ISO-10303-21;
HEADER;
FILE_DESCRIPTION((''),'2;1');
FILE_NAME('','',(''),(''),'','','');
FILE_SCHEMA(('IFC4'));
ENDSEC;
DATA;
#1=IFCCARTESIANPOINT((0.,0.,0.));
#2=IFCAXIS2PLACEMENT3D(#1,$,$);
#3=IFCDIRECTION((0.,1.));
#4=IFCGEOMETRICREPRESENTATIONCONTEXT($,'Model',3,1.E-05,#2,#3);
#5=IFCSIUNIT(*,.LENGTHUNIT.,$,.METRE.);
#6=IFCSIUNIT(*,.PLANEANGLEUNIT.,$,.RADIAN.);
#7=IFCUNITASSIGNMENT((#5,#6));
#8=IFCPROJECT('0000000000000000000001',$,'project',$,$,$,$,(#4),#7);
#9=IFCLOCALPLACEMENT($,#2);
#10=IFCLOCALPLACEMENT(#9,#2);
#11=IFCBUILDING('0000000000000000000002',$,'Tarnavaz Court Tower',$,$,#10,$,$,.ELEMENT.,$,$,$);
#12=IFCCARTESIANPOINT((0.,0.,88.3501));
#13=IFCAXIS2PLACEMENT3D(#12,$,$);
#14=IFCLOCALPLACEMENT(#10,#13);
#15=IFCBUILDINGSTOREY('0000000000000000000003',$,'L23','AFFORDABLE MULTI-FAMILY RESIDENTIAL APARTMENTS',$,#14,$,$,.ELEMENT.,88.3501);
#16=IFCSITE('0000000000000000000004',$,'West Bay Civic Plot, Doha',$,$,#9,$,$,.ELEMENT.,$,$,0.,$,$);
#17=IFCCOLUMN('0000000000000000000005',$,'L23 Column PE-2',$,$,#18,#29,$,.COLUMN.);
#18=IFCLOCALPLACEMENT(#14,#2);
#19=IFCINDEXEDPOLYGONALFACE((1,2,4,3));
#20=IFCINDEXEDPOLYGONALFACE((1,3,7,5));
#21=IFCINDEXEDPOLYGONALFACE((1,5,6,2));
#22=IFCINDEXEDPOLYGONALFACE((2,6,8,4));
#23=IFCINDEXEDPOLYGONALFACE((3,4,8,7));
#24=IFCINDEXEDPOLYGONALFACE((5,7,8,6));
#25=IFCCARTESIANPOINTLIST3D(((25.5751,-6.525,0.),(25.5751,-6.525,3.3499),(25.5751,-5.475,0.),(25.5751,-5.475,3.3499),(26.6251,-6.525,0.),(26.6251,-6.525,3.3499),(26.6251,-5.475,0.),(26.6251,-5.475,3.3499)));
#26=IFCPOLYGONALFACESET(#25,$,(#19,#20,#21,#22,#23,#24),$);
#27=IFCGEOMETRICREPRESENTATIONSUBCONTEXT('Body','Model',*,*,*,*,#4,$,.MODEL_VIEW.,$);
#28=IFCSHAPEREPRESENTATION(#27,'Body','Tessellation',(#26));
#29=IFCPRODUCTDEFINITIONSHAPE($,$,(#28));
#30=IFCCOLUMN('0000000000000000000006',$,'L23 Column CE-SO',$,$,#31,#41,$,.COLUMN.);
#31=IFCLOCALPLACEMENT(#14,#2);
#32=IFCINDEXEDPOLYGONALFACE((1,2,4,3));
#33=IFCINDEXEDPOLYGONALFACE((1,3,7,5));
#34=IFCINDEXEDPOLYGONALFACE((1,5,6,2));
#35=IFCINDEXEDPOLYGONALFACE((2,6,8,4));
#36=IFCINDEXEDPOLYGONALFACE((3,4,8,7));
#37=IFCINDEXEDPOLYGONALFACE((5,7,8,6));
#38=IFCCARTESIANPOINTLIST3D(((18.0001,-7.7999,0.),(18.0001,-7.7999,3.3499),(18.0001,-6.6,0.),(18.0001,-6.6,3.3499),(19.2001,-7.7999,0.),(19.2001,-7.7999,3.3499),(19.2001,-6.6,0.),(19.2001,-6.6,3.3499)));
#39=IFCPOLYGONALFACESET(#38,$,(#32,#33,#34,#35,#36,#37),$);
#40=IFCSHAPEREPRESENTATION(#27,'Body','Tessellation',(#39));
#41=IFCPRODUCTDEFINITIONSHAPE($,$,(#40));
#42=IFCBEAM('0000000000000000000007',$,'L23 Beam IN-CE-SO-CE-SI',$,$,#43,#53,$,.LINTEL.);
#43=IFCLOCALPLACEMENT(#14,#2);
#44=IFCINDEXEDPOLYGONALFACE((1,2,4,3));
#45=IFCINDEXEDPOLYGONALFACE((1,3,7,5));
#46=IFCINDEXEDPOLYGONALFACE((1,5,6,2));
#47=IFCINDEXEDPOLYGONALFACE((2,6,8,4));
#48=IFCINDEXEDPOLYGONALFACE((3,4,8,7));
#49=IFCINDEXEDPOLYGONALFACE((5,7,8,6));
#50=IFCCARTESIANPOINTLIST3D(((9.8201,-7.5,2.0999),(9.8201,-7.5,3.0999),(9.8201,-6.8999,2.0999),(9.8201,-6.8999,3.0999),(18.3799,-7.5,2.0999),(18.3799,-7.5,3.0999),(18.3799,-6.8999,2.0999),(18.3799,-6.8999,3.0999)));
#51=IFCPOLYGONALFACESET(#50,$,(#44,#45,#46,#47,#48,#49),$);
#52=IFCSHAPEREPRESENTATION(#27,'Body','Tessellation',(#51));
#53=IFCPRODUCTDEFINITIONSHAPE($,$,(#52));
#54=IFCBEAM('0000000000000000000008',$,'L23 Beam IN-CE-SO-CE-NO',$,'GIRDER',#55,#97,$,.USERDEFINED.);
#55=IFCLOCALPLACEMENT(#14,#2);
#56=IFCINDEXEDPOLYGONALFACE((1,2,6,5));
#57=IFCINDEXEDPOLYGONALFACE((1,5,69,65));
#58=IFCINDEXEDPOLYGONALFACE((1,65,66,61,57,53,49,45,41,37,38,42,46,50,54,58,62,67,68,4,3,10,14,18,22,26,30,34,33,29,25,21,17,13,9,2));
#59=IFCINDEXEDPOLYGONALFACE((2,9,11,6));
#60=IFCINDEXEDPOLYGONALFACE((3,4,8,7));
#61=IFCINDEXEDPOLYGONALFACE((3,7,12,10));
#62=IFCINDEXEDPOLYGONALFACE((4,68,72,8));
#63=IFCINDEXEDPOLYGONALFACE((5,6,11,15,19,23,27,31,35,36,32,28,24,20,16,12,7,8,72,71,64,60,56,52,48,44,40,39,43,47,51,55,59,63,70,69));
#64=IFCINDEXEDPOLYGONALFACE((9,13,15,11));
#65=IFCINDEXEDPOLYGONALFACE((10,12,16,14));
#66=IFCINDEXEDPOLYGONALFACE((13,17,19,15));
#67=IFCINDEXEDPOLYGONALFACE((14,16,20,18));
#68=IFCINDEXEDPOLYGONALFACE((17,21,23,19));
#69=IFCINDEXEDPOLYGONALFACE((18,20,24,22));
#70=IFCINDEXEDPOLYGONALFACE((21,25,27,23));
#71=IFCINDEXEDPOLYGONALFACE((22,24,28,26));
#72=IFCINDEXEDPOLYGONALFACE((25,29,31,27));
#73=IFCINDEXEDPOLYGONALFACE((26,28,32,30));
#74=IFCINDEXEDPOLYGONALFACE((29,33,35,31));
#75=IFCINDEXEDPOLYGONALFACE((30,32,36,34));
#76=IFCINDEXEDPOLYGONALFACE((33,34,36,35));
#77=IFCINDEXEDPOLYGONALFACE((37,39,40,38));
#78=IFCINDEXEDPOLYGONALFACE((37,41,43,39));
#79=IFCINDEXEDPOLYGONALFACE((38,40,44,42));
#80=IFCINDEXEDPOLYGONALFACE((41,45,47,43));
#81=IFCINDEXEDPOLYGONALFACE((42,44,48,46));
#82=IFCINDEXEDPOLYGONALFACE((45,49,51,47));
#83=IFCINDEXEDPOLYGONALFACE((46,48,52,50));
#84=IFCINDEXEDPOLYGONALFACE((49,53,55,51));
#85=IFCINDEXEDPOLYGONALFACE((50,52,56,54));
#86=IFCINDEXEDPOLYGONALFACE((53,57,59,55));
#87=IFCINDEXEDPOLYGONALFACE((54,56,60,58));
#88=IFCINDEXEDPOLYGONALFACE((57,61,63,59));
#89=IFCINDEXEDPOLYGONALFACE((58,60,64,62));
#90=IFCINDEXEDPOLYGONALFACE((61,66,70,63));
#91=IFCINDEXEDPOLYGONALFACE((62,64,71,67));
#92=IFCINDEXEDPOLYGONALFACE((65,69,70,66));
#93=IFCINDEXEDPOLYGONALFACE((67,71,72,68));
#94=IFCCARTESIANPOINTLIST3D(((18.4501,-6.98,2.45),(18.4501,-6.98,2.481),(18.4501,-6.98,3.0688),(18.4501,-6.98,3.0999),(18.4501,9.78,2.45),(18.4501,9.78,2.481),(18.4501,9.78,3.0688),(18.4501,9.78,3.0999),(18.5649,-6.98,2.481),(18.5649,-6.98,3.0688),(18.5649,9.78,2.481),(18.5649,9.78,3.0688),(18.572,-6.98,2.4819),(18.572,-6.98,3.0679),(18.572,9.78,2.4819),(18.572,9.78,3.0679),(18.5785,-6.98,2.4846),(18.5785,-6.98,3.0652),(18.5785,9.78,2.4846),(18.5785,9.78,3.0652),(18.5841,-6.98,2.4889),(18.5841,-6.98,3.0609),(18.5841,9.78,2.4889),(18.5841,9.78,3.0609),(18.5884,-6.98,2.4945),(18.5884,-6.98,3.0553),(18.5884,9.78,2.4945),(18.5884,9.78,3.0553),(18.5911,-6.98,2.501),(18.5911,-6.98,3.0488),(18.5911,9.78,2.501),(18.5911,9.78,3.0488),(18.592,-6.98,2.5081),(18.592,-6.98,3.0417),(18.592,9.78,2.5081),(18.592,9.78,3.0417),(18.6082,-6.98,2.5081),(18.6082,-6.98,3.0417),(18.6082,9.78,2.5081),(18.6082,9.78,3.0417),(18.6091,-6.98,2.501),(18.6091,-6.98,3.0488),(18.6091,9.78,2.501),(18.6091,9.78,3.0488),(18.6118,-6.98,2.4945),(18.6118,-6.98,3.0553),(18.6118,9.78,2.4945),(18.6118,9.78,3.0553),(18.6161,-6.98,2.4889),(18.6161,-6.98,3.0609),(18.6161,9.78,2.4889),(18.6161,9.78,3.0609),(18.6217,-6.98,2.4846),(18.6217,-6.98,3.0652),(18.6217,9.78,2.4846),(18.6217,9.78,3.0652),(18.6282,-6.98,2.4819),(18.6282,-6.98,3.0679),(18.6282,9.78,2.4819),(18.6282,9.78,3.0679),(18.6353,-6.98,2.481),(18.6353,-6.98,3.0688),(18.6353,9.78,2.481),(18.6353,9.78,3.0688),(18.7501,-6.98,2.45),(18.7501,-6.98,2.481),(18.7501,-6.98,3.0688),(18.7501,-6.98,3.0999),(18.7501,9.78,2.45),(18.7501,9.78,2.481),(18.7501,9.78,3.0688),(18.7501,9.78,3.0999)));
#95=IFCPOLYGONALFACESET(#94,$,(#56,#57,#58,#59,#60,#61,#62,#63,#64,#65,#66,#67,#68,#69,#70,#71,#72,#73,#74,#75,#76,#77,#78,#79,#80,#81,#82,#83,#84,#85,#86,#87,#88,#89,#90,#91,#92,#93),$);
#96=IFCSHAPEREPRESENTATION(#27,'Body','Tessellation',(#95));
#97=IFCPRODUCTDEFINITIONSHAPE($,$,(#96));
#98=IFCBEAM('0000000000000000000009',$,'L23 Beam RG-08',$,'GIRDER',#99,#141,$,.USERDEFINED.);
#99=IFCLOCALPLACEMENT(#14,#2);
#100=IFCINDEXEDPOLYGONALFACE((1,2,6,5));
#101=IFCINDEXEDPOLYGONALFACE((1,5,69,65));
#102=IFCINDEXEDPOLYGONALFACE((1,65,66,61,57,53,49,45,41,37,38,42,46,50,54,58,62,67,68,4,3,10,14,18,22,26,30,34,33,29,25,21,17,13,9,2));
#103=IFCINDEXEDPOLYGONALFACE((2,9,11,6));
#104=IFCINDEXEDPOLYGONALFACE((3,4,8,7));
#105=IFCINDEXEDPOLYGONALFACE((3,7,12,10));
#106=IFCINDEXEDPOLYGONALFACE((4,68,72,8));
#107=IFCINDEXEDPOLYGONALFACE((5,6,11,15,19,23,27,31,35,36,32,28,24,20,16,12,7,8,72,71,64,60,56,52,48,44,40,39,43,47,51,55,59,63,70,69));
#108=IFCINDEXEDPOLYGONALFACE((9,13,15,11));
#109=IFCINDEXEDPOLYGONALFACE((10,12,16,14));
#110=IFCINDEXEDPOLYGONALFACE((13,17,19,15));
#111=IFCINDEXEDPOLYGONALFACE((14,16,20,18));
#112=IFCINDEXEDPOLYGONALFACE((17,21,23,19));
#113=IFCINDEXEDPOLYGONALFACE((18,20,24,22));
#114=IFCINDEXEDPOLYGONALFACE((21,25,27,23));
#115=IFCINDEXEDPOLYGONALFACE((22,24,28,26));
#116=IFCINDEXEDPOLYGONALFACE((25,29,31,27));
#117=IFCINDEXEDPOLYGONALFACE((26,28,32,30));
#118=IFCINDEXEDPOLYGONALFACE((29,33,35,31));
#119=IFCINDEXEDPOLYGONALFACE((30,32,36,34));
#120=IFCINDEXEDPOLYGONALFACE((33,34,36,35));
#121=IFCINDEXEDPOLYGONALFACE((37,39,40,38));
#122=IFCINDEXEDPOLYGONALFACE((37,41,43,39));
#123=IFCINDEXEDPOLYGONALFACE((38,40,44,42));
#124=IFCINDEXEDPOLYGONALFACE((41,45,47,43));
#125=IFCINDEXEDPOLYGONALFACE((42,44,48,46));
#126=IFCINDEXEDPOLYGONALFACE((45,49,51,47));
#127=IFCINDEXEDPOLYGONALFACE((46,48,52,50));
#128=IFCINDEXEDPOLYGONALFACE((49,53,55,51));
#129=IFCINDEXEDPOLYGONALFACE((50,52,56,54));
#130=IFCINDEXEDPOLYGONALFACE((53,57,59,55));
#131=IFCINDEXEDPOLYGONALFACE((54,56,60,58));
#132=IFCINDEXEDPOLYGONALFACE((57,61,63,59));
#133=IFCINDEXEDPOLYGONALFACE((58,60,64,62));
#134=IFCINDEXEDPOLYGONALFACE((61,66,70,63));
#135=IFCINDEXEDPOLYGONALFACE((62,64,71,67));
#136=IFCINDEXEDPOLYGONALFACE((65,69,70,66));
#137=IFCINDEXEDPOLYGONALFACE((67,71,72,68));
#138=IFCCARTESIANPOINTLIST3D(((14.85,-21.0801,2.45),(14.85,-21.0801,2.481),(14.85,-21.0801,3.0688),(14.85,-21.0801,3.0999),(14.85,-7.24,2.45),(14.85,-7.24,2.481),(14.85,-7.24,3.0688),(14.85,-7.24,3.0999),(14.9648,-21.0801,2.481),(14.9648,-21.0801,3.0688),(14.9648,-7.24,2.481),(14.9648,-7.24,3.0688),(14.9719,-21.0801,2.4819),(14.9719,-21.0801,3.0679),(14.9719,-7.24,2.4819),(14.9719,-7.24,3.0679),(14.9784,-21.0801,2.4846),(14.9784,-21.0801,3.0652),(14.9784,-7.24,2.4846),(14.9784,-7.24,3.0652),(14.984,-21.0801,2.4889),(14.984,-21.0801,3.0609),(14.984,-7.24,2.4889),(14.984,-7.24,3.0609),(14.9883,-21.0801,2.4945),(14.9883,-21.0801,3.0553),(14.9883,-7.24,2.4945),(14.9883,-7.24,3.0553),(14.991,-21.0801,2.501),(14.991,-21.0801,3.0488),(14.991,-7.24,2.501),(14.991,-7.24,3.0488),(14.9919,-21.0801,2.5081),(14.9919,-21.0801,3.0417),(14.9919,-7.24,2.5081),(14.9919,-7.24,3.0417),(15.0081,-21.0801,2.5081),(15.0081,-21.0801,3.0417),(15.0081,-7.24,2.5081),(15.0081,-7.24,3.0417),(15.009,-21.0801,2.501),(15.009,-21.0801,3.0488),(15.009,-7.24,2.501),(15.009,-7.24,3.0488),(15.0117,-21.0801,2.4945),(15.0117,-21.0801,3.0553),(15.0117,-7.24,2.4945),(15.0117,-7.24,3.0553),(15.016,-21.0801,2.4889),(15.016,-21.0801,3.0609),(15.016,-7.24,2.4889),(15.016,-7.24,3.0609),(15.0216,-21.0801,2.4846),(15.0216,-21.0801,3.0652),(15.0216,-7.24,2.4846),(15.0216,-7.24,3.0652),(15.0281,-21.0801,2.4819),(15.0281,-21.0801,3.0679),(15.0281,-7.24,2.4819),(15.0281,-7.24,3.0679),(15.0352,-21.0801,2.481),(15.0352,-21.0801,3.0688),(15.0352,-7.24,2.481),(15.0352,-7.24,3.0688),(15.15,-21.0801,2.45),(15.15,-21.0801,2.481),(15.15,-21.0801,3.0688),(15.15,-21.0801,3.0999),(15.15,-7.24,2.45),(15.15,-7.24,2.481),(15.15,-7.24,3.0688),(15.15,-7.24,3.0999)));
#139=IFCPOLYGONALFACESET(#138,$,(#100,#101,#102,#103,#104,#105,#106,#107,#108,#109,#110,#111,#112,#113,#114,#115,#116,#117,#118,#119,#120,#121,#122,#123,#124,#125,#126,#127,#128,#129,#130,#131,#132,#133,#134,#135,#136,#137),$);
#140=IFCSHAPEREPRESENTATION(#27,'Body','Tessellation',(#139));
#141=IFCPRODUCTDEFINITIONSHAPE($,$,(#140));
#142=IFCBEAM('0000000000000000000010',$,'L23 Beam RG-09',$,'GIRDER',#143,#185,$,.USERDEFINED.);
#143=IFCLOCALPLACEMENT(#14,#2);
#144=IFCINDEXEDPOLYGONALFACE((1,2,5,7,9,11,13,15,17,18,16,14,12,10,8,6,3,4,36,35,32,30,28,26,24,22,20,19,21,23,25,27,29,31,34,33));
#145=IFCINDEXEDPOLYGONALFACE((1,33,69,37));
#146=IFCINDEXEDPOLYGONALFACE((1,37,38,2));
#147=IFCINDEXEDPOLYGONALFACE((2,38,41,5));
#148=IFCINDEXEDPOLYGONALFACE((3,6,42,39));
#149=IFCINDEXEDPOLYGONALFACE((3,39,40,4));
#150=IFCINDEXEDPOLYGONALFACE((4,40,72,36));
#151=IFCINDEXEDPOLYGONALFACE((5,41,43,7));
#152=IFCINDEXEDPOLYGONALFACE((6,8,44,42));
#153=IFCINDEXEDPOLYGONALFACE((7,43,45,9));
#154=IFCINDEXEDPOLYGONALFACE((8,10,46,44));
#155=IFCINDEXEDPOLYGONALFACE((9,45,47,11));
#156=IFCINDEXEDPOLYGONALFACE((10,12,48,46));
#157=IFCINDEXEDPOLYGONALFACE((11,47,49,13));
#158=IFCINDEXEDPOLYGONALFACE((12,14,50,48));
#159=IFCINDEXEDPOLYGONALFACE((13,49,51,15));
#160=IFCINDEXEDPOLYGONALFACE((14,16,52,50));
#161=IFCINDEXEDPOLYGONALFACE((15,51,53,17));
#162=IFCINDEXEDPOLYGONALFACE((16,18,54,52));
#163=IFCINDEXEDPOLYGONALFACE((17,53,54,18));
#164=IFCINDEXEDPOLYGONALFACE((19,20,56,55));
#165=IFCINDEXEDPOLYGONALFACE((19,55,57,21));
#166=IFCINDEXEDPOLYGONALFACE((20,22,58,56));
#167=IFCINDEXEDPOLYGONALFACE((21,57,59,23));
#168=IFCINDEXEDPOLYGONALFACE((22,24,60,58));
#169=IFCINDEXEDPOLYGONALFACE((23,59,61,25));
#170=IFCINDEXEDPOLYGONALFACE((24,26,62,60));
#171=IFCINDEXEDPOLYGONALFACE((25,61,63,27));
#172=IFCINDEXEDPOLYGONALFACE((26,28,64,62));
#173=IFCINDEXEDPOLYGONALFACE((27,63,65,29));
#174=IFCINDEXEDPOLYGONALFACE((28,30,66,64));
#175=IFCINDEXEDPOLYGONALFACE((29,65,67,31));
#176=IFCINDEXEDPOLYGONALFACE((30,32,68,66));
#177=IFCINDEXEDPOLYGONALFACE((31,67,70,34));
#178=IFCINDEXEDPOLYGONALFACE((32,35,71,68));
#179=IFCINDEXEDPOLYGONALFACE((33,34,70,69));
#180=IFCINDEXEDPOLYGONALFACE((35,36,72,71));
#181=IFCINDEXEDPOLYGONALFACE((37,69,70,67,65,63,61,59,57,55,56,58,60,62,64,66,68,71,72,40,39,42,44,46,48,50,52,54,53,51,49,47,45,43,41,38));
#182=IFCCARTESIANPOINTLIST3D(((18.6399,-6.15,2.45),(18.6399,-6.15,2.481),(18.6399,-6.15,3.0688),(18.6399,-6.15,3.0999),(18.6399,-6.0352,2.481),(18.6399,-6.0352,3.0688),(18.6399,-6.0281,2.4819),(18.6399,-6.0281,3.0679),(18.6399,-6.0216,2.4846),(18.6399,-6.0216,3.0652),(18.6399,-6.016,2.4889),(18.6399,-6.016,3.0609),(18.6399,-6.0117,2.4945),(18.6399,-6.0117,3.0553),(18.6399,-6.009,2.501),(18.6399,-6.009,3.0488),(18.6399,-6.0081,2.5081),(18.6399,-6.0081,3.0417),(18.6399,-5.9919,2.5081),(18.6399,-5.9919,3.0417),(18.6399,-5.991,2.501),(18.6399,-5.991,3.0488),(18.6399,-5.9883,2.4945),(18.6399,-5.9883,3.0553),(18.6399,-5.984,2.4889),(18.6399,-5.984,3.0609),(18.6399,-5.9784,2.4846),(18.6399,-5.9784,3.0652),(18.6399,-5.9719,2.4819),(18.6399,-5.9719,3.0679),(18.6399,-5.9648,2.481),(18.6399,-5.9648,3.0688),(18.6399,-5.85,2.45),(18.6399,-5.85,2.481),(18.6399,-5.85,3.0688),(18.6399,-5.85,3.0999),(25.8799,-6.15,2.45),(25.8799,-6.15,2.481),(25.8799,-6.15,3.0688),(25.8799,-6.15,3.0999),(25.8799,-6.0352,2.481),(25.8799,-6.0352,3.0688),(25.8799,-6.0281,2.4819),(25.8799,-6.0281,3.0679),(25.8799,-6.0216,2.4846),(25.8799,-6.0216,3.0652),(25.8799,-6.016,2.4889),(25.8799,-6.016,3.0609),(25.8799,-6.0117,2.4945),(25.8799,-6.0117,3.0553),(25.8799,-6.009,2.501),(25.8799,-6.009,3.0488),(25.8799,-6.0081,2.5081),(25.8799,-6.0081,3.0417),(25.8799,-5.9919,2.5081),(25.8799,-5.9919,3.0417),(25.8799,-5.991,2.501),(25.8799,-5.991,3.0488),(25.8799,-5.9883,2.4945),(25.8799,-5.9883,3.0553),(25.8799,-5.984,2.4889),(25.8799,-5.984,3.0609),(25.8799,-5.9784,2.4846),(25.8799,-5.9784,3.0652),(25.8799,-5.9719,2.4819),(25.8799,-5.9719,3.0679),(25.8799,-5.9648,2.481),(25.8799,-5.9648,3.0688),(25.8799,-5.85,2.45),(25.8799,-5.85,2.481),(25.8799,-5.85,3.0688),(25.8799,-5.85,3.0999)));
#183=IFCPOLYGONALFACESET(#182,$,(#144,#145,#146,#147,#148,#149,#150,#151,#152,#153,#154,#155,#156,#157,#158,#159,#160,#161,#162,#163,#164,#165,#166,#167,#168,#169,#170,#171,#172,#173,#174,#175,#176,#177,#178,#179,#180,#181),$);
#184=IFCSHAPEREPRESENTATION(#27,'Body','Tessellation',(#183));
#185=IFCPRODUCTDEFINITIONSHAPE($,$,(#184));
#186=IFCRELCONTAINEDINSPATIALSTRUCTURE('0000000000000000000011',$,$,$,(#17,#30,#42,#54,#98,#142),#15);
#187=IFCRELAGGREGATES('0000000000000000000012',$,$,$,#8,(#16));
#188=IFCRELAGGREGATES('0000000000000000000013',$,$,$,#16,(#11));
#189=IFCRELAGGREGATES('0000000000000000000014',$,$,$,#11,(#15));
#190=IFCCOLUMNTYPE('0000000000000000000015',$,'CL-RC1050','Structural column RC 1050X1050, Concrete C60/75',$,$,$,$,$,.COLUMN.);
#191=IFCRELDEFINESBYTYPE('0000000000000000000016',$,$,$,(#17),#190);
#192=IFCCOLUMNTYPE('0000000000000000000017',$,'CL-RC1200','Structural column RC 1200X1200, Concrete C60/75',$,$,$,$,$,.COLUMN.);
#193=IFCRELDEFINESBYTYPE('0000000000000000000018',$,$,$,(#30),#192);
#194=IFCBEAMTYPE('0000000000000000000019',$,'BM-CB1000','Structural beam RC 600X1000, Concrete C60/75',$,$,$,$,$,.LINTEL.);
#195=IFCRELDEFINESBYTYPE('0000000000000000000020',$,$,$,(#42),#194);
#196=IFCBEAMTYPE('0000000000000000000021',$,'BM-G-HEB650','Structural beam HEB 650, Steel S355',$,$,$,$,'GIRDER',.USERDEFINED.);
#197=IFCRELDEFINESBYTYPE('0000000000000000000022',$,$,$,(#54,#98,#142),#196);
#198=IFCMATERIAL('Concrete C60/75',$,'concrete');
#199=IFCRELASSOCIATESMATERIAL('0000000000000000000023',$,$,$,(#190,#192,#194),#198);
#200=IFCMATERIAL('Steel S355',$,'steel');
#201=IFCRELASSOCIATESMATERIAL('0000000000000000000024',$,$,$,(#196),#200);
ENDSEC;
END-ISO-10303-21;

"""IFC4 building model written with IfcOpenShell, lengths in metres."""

from ifc_helpers import new_model, si_unit, direction, frame, origin, origin_2d, place, context, subcontext, project, spatial, rectangle, i_section, extrude, material, material_profile, profile_set, type_object, element, save


model = new_model("IFC4")

# Units and contexts
model_context = context("Model", 3, precision=1e-05, world=origin(), true_north=direction((0.0, 1.0)))
body_context = subcontext(model_context, "Body", "Model", "MODEL_VIEW")
ifc_project = project(units=[si_unit("LENGTHUNIT", "METRE"), si_unit("PLANEANGLEUNIT", "RADIAN")], contexts=[model_context])

# Site, building, storey
site_placement = place(None, origin())
site = spatial("IfcSite", under=ifc_project, at=site_placement, Name="West Bay Civic Plot, Doha", CompositionType="ELEMENT", RefElevation=0.0)
building_placement = place(site_placement, origin())
building = spatial("IfcBuilding", under=site, at=building_placement, Name="Tarnavaz Court Tower", CompositionType="ELEMENT")
storey_placement = place(building_placement, frame((0.0, 0.0, 88.3501)))
storey = spatial("IfcBuildingStorey", under=building, at=storey_placement, Name="L23", Description="AFFORDABLE MULTI-FAMILY RESIDENTIAL APARTMENTS", CompositionType="ELEMENT", Elevation=88.3501)

# Columns
ifc_material_1 = material(Name="Concrete C60/75", Category="concrete")
ifc_material_profile_1 = material_profile(ifc_material_1, rectangle(XDim=1.05, YDim=1.05, at=origin_2d()), Name="RC 1050X1050")
ifc_profile_set_1 = profile_set([ifc_material_profile_1], Name="Concrete C60/75")
column_type_1 = type_object("IfcColumnType", Name="CL-RC1050", Description="Structural column RC 1050X1050, Concrete C60/75", PredefinedType="COLUMN", material=ifc_profile_set_1)
column_1_placement = place(storey_placement, frame((26.1001, -6.0, 0.0), z_axis=(0.0, 0.0, 1.0), x_axis=(1.0, 0.0, 0.0)))
element("IfcColumn", 1, at=column_1_placement, inside=storey, type_object=column_type_1, Name="L23 Column PE-2", PredefinedType="COLUMN", context=body_context, shape_type="SweptSolid", body=[
    extrude(rectangle(XDim=1.05, YDim=1.05, at=origin_2d()), origin(), (0.0, 0.0, 1.0), 3.3499),
])
ifc_material_profile_2 = material_profile(ifc_material_1, rectangle(XDim=1.2, YDim=1.2, at=origin_2d()), Name="RC 1200X1200")
ifc_profile_set_2 = profile_set([ifc_material_profile_2], Name="Concrete C60/75")
column_type_2 = type_object("IfcColumnType", Name="CL-RC1200", Description="Structural column RC 1200X1200, Concrete C60/75", PredefinedType="COLUMN", material=ifc_profile_set_2)
column_2_placement = place(storey_placement, frame((18.6001, -7.2, 0.0), z_axis=(0.0, 0.0, 1.0), x_axis=(1.0, 0.0, 0.0)))
element("IfcColumn", 2, at=column_2_placement, inside=storey, type_object=column_type_2, Name="L23 Column CE-SO", PredefinedType="COLUMN", context=body_context, shape_type="SweptSolid", body=[
    extrude(rectangle(XDim=1.2, YDim=1.2, at=origin_2d()), origin(), (0.0, 0.0, 1.0), 3.3499),
])

# Beams
ifc_material_profile_3 = material_profile(ifc_material_1, rectangle(XDim=0.6001, YDim=1.0, at=origin_2d()), Name="RC 600X1000")
ifc_profile_set_3 = profile_set([ifc_material_profile_3], Name="Concrete C60/75")
beam_type_1 = type_object("IfcBeamType", Name="BM-CB1000", Description="Structural beam RC 600X1000, Concrete C60/75", PredefinedType="LINTEL", material=ifc_profile_set_3)
beam_1_placement = place(storey_placement, frame((18.3799, -7.2, 2.5999), z_axis=(-1.0, 0.0, 0.0), x_axis=(0.0, -1.0, 0.0)))
element("IfcBeam", 3, at=beam_1_placement, inside=storey, type_object=beam_type_1, Name="L23 Beam IN-CE-SO-CE-SI", PredefinedType="LINTEL", context=body_context, shape_type="SweptSolid", body=[
    extrude(rectangle(XDim=0.6001, YDim=1.0, at=origin_2d()), origin(), (0.0, 0.0, 1.0), 8.5598),
])
ifc_material_2 = material(Name="Steel S355", Category="steel")
ifc_material_profile_4 = material_profile(ifc_material_2, i_section(OverallWidth=0.3, OverallDepth=0.6499, WebThickness=0.0161, FlangeThickness=0.031, FilletRadius=0.0271, at=origin_2d()), Name="HEB 650")
ifc_profile_set_4 = profile_set([ifc_material_profile_4], Name="Steel S355")
beam_type_2 = type_object("IfcBeamType", Name="BM-G-HEB650", Description="Structural beam HEB 650, Steel S355", ElementType="GIRDER", PredefinedType="USERDEFINED", material=ifc_profile_set_4)
beam_2_placement = place(storey_placement, frame((18.6001, -6.98, 2.7749), z_axis=(0.0, 1.0, 0.0), x_axis=(-1.0, 0.0, 0.0)))
element("IfcBeam", 4, at=beam_2_placement, inside=storey, type_object=beam_type_2, Name="L23 Beam IN-CE-SO-CE-NO", ObjectType="GIRDER", PredefinedType="USERDEFINED", context=body_context, shape_type="SweptSolid", body=[
    extrude(i_section(OverallWidth=0.3, OverallDepth=0.6499, WebThickness=0.0161, FlangeThickness=0.031, FilletRadius=0.0271, at=origin_2d()), origin(), (0.0, 0.0, 1.0), 16.76),
])
beam_3_placement = place(storey_placement, frame((15.0, -7.24, 2.7749), z_axis=(0.0, -1.0, 0.0), x_axis=(1.0, 0.0, 0.0)))
element("IfcBeam", 5, at=beam_3_placement, inside=storey, type_object=beam_type_2, Name="L23 Beam RG-08", ObjectType="GIRDER", PredefinedType="USERDEFINED", context=body_context, shape_type="SweptSolid", body=[
    extrude(i_section(OverallWidth=0.3, OverallDepth=0.6499, WebThickness=0.0161, FlangeThickness=0.031, FilletRadius=0.0271, at=origin_2d()), origin(), (0.0, 0.0, 1.0), 13.8401),
])
beam_4_placement = place(storey_placement, frame((18.6399, -6.0, 2.7749), z_axis=(1.0, 0.0, 0.0), x_axis=(0.0, 1.0, 0.0)))
element("IfcBeam", 6, at=beam_4_placement, inside=storey, type_object=beam_type_2, Name="L23 Beam RG-09", ObjectType="GIRDER", PredefinedType="USERDEFINED", context=body_context, shape_type="SweptSolid", body=[
    extrude(i_section(OverallWidth=0.3, OverallDepth=0.6499, WebThickness=0.0161, FlangeThickness=0.031, FilletRadius=0.0271, at=origin_2d()), origin(), (0.0, 0.0, 1.0), 7.24),
])

save(model, "model.ifc")
